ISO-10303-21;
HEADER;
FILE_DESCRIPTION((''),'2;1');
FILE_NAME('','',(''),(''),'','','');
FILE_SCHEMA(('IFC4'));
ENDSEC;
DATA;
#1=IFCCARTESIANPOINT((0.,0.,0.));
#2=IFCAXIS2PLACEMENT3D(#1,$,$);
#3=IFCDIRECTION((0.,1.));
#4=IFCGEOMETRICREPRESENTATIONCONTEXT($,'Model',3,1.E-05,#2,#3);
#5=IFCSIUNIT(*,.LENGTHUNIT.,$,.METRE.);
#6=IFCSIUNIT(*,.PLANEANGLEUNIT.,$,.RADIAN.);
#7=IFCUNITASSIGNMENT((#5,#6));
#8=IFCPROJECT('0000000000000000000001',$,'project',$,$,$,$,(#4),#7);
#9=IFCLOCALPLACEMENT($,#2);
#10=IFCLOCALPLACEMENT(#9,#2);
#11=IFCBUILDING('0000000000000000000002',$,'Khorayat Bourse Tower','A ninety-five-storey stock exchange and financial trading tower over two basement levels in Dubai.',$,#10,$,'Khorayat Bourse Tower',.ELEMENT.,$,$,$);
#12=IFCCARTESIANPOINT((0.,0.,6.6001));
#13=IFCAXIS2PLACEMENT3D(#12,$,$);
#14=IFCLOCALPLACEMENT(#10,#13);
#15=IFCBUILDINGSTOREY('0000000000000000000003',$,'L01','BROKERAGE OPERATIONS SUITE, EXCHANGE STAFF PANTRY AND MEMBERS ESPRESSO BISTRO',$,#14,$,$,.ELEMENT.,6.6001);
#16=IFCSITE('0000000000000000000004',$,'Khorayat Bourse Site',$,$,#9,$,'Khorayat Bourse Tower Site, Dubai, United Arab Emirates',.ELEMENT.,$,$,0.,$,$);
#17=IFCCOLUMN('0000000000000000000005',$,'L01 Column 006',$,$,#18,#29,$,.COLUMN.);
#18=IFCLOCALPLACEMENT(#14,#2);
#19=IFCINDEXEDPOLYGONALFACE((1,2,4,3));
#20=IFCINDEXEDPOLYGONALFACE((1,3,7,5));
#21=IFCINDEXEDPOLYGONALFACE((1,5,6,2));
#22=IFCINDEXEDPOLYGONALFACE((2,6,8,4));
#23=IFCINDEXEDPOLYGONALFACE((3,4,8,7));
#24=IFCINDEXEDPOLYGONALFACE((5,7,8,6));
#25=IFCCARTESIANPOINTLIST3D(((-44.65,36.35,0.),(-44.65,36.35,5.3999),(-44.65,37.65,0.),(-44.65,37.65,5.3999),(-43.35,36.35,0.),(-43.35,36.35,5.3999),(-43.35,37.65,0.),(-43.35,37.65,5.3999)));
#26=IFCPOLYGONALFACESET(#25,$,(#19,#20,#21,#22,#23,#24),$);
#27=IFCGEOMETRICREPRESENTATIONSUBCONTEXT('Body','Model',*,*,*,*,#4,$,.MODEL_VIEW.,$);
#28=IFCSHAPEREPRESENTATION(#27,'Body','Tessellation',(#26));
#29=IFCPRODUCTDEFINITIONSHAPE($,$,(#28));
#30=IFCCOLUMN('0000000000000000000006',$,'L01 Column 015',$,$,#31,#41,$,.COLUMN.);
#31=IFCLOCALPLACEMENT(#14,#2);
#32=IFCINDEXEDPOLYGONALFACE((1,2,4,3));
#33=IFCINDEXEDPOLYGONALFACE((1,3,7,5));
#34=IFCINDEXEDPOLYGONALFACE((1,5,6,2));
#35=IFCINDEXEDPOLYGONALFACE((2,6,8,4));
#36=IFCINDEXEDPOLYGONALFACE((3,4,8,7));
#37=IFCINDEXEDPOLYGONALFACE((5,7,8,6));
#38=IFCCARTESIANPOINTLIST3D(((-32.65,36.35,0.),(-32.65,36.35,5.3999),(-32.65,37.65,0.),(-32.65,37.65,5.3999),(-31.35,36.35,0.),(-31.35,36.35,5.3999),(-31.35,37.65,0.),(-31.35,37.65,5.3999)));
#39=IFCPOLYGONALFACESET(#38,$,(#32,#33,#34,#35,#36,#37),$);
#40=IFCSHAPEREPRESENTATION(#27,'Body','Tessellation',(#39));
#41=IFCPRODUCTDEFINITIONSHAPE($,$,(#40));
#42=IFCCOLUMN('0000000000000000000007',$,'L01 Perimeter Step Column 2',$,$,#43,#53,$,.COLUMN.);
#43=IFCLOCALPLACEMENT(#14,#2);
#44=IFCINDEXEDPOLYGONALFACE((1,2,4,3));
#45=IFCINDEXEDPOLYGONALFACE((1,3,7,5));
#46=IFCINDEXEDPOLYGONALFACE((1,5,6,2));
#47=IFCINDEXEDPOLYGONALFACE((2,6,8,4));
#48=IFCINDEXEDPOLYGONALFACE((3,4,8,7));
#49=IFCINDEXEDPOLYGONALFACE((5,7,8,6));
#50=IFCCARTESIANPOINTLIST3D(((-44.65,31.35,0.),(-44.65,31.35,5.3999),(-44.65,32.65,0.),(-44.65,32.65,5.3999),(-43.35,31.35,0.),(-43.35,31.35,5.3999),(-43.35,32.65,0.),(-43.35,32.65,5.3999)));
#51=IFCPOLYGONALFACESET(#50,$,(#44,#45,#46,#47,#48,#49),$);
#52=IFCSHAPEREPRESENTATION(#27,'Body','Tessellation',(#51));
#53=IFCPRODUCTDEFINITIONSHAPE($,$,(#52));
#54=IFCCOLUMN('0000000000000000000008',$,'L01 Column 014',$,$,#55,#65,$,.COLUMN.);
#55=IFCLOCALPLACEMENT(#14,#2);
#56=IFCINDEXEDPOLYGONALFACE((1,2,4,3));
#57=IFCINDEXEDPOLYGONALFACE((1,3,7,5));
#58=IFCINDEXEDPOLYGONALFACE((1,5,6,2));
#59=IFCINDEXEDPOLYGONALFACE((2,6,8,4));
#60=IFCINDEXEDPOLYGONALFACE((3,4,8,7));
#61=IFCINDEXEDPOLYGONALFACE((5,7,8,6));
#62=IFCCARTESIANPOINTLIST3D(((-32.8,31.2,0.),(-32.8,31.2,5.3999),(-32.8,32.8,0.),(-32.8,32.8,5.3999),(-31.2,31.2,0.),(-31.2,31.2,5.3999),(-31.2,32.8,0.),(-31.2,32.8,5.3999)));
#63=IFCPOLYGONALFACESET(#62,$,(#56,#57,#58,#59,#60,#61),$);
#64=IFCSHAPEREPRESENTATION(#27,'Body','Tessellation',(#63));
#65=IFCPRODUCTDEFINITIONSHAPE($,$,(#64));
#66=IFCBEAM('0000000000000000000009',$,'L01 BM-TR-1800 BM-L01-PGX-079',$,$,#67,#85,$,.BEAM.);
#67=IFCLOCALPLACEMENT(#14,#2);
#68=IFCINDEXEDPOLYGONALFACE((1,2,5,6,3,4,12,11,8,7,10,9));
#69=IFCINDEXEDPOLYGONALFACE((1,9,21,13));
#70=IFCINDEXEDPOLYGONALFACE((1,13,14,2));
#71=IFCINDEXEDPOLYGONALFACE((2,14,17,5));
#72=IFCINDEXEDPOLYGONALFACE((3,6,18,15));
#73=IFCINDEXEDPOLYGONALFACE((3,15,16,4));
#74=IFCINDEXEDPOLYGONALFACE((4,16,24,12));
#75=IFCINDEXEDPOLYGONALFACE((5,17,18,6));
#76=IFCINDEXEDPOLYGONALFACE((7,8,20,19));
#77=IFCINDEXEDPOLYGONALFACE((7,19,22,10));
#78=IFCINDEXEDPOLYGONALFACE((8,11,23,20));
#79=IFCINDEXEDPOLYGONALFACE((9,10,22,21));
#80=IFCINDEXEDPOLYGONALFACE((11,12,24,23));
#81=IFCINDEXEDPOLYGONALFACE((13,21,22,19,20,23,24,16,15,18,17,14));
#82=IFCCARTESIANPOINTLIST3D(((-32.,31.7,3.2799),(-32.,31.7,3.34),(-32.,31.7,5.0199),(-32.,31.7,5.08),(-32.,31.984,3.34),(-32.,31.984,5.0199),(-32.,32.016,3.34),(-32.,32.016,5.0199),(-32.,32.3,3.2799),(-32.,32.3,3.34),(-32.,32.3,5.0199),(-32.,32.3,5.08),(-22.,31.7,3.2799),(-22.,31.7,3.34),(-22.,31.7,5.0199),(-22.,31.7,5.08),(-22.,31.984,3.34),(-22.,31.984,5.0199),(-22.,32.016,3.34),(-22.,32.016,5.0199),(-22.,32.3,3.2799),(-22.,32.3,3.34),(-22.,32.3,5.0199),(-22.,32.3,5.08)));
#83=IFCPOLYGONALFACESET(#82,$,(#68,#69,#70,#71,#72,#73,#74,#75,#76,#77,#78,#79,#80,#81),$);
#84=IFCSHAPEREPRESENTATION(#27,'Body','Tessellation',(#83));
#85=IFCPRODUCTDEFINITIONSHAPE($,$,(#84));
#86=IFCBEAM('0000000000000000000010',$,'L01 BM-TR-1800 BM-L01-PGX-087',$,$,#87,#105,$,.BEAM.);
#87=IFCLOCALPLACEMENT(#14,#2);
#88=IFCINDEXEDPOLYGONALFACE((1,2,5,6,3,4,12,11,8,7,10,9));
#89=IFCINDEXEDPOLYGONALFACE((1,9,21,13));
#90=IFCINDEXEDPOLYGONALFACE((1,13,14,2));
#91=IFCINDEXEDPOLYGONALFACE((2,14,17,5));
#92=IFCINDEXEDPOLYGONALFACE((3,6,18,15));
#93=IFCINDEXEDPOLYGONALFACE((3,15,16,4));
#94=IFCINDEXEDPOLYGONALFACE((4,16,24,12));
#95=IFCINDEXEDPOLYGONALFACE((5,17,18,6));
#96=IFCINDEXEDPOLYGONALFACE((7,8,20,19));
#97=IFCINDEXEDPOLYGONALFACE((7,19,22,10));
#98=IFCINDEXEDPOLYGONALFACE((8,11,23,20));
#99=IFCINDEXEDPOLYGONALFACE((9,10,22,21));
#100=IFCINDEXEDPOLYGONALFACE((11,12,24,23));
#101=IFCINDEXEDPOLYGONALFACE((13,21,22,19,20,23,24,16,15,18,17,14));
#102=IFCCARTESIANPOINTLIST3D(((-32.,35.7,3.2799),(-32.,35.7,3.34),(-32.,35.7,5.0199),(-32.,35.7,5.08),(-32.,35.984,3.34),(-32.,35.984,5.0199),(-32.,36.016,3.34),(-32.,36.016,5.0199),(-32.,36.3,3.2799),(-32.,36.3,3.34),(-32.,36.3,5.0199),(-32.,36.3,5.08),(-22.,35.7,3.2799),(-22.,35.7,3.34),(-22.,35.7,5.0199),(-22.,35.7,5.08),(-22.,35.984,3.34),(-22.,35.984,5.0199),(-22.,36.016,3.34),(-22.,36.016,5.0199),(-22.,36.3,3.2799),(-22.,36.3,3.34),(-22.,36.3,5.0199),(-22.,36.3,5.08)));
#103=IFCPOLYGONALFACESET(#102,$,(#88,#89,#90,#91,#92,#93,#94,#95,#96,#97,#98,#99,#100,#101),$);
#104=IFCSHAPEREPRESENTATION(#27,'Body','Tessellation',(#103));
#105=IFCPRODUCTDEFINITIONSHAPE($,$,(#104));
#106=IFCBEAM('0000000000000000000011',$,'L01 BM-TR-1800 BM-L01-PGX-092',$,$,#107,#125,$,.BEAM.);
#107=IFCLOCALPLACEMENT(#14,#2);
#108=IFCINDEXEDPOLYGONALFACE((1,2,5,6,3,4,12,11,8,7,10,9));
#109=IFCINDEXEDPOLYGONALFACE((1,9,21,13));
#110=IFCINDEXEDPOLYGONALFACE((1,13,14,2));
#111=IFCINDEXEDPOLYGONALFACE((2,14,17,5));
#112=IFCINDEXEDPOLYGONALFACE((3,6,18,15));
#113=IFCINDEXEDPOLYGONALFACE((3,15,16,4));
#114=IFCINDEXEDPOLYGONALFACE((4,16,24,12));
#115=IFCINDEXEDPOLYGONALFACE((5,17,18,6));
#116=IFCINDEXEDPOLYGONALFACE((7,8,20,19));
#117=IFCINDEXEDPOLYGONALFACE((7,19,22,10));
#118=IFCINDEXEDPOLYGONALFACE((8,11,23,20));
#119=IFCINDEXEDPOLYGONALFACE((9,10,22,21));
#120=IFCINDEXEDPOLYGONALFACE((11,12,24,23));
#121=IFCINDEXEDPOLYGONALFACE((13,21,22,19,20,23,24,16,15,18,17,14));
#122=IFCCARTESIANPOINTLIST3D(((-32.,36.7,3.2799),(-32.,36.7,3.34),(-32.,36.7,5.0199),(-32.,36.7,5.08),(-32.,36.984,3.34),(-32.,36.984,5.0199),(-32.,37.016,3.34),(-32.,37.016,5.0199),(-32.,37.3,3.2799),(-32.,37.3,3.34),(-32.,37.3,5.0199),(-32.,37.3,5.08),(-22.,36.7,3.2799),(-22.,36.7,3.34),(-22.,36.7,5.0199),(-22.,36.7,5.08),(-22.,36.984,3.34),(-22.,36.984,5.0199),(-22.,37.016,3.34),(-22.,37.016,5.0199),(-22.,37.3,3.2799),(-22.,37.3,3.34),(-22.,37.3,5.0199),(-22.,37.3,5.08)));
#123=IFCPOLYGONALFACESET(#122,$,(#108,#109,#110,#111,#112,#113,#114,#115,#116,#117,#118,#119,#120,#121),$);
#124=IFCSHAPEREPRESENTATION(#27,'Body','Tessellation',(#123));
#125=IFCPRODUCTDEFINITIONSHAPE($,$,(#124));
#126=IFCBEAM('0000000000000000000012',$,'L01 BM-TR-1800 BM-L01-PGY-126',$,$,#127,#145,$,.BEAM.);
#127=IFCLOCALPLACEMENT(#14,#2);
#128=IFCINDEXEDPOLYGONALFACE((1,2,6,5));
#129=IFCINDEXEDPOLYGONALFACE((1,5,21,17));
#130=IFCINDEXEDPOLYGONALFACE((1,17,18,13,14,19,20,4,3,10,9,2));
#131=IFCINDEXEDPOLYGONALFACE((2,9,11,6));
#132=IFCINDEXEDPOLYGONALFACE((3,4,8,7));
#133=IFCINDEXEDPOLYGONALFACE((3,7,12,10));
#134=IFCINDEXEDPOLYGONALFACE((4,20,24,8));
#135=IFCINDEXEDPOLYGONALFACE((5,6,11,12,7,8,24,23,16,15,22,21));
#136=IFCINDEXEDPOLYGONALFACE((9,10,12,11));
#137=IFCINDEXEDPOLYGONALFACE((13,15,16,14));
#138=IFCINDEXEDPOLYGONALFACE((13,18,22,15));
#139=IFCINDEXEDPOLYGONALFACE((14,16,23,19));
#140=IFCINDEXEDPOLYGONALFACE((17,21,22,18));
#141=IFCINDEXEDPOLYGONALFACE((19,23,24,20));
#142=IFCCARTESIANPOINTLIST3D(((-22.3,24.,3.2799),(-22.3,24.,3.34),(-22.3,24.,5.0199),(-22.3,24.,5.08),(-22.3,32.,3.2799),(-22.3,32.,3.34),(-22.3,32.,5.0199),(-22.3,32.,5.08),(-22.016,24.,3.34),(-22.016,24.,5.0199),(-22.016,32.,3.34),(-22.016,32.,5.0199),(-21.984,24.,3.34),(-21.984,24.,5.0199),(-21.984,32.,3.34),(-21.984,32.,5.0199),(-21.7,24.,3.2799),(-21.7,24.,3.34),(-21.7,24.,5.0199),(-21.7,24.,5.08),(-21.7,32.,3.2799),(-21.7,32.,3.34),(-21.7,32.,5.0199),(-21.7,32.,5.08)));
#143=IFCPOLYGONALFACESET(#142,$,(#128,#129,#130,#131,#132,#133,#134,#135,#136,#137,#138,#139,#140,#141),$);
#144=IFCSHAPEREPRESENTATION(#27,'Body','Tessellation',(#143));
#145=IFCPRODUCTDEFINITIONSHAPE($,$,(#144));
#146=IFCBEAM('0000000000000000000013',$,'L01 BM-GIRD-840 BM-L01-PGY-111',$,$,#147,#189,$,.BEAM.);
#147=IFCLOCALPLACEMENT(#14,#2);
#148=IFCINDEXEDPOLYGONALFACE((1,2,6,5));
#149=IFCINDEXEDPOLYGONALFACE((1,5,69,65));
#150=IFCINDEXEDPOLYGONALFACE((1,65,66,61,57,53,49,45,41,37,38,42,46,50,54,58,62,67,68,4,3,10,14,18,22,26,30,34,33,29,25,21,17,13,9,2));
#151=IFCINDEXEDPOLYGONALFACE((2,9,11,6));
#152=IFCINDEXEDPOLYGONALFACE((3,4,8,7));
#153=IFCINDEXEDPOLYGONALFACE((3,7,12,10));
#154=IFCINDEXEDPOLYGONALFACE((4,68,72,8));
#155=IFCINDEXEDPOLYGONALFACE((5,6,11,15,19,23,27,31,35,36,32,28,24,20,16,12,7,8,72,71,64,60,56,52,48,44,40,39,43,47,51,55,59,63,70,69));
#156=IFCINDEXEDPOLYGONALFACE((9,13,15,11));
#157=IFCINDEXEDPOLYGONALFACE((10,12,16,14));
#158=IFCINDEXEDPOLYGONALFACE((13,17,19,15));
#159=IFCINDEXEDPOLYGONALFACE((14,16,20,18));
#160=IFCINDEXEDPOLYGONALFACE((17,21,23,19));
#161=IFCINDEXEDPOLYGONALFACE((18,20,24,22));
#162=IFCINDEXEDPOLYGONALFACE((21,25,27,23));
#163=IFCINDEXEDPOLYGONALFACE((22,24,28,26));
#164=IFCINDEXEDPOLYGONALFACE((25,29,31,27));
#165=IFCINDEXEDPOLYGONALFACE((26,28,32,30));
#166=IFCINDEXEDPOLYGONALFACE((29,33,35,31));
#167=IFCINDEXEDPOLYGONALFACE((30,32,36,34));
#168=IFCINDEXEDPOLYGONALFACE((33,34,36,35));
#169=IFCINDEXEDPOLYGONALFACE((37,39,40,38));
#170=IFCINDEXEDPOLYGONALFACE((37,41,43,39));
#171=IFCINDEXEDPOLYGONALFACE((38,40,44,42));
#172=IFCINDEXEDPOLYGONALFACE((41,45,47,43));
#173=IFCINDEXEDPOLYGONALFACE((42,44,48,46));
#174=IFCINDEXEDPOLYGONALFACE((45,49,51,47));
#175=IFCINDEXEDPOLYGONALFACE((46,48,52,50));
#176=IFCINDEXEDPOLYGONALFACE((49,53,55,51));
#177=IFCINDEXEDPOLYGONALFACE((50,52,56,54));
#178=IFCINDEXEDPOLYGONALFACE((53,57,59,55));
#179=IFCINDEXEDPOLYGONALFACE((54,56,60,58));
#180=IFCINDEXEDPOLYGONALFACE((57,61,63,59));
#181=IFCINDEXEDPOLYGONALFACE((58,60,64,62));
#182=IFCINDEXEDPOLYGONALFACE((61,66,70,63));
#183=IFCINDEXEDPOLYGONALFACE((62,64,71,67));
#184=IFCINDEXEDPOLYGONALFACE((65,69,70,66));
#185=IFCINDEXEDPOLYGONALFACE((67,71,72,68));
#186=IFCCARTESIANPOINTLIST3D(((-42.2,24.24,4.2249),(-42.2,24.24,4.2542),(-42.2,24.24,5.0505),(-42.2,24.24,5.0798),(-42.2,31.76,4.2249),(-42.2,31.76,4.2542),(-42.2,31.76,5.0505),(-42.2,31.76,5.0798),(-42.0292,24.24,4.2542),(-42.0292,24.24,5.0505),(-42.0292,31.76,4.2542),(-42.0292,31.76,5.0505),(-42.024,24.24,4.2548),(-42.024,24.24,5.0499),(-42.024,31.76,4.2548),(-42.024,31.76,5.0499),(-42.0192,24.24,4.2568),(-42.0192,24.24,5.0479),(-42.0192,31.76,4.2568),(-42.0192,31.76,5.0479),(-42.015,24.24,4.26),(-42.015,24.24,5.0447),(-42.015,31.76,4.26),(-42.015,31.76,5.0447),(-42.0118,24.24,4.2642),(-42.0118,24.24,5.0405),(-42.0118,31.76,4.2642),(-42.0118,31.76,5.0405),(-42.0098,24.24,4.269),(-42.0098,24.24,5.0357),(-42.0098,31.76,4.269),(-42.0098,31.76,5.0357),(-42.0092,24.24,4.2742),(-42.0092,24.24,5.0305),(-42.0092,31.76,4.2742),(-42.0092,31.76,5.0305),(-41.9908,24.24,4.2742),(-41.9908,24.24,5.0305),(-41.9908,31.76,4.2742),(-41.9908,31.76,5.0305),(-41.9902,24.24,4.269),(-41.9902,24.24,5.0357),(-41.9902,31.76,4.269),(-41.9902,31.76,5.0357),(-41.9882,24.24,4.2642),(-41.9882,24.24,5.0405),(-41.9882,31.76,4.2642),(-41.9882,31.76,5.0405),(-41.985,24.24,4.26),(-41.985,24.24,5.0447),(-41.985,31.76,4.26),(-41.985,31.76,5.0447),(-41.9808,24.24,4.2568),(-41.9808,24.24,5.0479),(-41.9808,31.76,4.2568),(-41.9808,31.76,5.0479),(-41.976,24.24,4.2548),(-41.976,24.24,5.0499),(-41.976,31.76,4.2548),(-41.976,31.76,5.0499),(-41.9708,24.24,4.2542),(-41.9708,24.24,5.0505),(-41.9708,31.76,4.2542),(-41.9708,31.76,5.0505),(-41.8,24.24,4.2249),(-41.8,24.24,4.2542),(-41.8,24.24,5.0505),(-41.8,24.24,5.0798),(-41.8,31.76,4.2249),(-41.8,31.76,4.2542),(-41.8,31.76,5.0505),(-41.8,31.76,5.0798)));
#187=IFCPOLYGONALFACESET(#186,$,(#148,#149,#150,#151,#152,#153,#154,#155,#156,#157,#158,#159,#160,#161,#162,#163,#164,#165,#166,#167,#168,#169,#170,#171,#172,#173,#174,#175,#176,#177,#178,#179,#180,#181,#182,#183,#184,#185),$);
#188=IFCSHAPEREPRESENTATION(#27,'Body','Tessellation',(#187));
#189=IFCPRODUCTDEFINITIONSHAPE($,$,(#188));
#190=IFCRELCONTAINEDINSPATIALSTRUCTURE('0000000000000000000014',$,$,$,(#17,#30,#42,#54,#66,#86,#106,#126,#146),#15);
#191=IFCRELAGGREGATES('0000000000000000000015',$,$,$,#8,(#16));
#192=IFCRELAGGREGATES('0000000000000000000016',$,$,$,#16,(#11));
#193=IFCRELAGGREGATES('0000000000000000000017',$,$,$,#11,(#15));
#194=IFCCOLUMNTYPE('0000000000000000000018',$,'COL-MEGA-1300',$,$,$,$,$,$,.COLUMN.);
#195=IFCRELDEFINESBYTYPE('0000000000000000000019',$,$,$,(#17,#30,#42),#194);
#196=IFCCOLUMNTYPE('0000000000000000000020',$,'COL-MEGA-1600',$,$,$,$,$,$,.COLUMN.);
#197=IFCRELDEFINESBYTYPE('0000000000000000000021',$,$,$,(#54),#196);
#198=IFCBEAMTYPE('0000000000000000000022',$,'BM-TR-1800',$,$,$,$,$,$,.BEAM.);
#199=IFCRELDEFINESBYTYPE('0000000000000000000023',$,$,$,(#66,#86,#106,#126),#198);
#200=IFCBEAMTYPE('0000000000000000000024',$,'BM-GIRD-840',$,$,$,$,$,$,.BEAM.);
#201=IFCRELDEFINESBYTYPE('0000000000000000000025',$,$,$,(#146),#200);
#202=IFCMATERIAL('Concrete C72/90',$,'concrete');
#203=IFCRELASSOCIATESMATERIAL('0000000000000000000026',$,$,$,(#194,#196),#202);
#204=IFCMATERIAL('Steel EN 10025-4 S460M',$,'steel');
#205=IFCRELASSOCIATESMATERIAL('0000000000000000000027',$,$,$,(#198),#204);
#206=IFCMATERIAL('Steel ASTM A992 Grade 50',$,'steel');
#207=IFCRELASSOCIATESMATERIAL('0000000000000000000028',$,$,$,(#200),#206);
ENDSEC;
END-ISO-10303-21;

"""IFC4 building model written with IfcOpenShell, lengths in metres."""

from ifc_helpers import new_model, si_unit, direction, frame, origin, origin_2d, place, context, subcontext, project, spatial, rectangle, i_section, extrude, source, transform, mapped, material, material_profile, profile_set, type_object, element, save


model = new_model("IFC4")

# Units and contexts
model_context = context("Model", 3, precision=1e-05, world=origin(), true_north=direction((0.0, 1.0)))
body_context = subcontext(model_context, "Body", "Model", "MODEL_VIEW")
ifc_project = project(units=[si_unit("LENGTHUNIT", "METRE"), si_unit("PLANEANGLEUNIT", "RADIAN")], contexts=[model_context])

# Site, building, storey
site_placement = place(None, origin())
site = spatial("IfcSite", under=ifc_project, at=site_placement, Name="Khorayat Bourse Site", LongName="Khorayat Bourse Tower Site, Dubai, United Arab Emirates", CompositionType="ELEMENT", RefElevation=0.0)
building_placement = place(site_placement, origin())
building = spatial("IfcBuilding", under=site, at=building_placement, Name="Khorayat Bourse Tower", Description="A ninety-five-storey stock exchange and financial trading tower over two basement levels in Dubai.", LongName="Khorayat Bourse Tower", CompositionType="ELEMENT")
storey_placement = place(building_placement, frame((0.0, 0.0, 6.6001)))
storey = spatial("IfcBuildingStorey", under=building, at=storey_placement, Name="L01", Description="BROKERAGE OPERATIONS SUITE, EXCHANGE STAFF PANTRY AND MEMBERS ESPRESSO BISTRO", CompositionType="ELEMENT", Elevation=6.6001)

# Columns
ifc_material_1 = material(Name="Concrete C72/90", Category="concrete")
ifc_material_profile_1 = material_profile(ifc_material_1, rectangle(XDim=1.3, YDim=1.3, at=origin_2d()), Name="RC 1300x1300")
ifc_profile_set_1 = profile_set([ifc_material_profile_1], Name="Concrete C72/90")
column_type_1 = type_object("IfcColumnType", Name="COL-MEGA-1300", PredefinedType="COLUMN", material=ifc_profile_set_1)
shared_shape_1 = source(origin(), body_context, "Body", "SweptSolid", [
    extrude(rectangle(XDim=1.3, YDim=1.3, at=origin_2d()), origin(), (0.0, 0.0, 1.0), 5.3999),
])
for number, where, z_axis, x_axis, name in (
    (1, (-44.0, 37.0, 0.0), (0.0, 0.0, 1.0), (1.0, 0.0, 0.0), "L01 Column 006"),
    (2, (-32.0, 37.0, 0.0), (0.0, 0.0, 1.0), (1.0, 0.0, 0.0), "L01 Column 015"),
    (3, (-44.0, 32.0, 0.0), (0.0, 0.0, 1.0), (1.0, 0.0, 0.0), "L01 Perimeter Step Column 2"),
):
    element("IfcColumn", number, at=place(storey_placement, frame(where, z_axis=z_axis, x_axis=x_axis)), inside=storey, type_object=column_type_1, Name=name, PredefinedType="COLUMN", context=body_context, shape_type="MappedRepresentation", body=[
        mapped(shared_shape_1, transform((0.0, 0.0, 0.0), scale=1.0)),
    ])
ifc_material_profile_2 = material_profile(ifc_material_1, rectangle(XDim=1.6001, YDim=1.6001, at=origin_2d()), Name="RC 1600x1600")
ifc_profile_set_2 = profile_set([ifc_material_profile_2], Name="Concrete C72/90")
column_type_2 = type_object("IfcColumnType", Name="COL-MEGA-1600", PredefinedType="COLUMN", material=ifc_profile_set_2)
shared_shape_2 = source(origin(), body_context, "Body", "SweptSolid", [
    extrude(rectangle(XDim=1.6001, YDim=1.6001, at=origin_2d()), origin(), (0.0, 0.0, 1.0), 5.3999),
])
column_placement = place(storey_placement, frame((-32.0, 32.0, 0.0), z_axis=(0.0, 0.0, 1.0), x_axis=(1.0, 0.0, 0.0)))
element("IfcColumn", 4, at=column_placement, inside=storey, type_object=column_type_2, Name="L01 Column 014", PredefinedType="COLUMN", context=body_context, shape_type="MappedRepresentation", body=[
    mapped(shared_shape_2, transform((0.0, 0.0, 0.0), scale=1.0)),
])

# Beams
ifc_material_2 = material(Name="Steel EN 10025-4 S460M", Category="steel")
ifc_material_profile_3 = material_profile(ifc_material_2, i_section(OverallWidth=0.6001, OverallDepth=1.8, WebThickness=0.032, FlangeThickness=0.0601, at=origin_2d()), Name="PG 1800x600x32x60")
ifc_profile_set_3 = profile_set([ifc_material_profile_3], Name="Steel EN 10025-4 S460M")
beam_type_1 = type_object("IfcBeamType", Name="BM-TR-1800", PredefinedType="BEAM", material=ifc_profile_set_3)
shared_shape_3 = source(origin(), body_context, "Body", "SweptSolid", [
    extrude(i_section(OverallWidth=0.6001, OverallDepth=1.8, WebThickness=0.032, FlangeThickness=0.0601, at=origin_2d()), origin(), (0.0, 0.0, 1.0), 10.0),
])
for number, where, z_axis, x_axis, name in (
    (5, (-32.0, 32.0, 4.1799), (1.0, 0.0, 0.0), (0.0, 1.0, 0.0), "L01 BM-TR-1800 BM-L01-PGX-079"),
    (6, (-32.0, 36.0, 4.1799), (1.0, 0.0, 0.0), (0.0, 1.0, 0.0), "L01 BM-TR-1800 BM-L01-PGX-087"),
    (7, (-32.0, 37.0, 4.1799), (1.0, 0.0, 0.0), (0.0, 1.0, 0.0), "L01 BM-TR-1800 BM-L01-PGX-092"),
):
    element("IfcBeam", number, at=place(storey_placement, frame(where, z_axis=z_axis, x_axis=x_axis)), inside=storey, type_object=beam_type_1, Name=name, PredefinedType="BEAM", context=body_context, shape_type="MappedRepresentation", body=[
        mapped(shared_shape_3, transform((0.0, 0.0, 0.0), scale=1.0)),
    ])
shared_shape_4 = source(origin(), body_context, "Body", "SweptSolid", [
    extrude(i_section(OverallWidth=0.6001, OverallDepth=1.8, WebThickness=0.032, FlangeThickness=0.0601, at=origin_2d()), origin(), (0.0, 0.0, 1.0), 8.0),
])
beam_1_placement = place(storey_placement, frame((-22.0, 24.0, 4.1799), z_axis=(0.0, 1.0, 0.0), x_axis=(-1.0, 0.0, 0.0)))
element("IfcBeam", 8, at=beam_1_placement, inside=storey, type_object=beam_type_1, Name="L01 BM-TR-1800 BM-L01-PGY-126", PredefinedType="BEAM", context=body_context, shape_type="MappedRepresentation", body=[
    mapped(shared_shape_4, transform((0.0, 0.0, 0.0), scale=1.0)),
])
ifc_material_3 = material(Name="Steel ASTM A992 Grade 50", Category="steel")
ifc_material_profile_4 = material_profile(ifc_material_3, i_section(OverallWidth=0.3999, OverallDepth=0.855, WebThickness=0.0183, FlangeThickness=0.0293, FilletRadius=0.02, at=origin_2d()), Name="W840X299")
ifc_profile_set_4 = profile_set([ifc_material_profile_4], Name="Steel ASTM A992 Grade 50")
beam_type_2 = type_object("IfcBeamType", Name="BM-GIRD-840", PredefinedType="BEAM", material=ifc_profile_set_4)
shared_shape_5 = source(origin(), body_context, "Body", "SweptSolid", [
    extrude(i_section(OverallWidth=0.3999, OverallDepth=0.855, WebThickness=0.0183, FlangeThickness=0.0293, FilletRadius=0.02, at=origin_2d()), origin(), (0.0, 0.0, 1.0), 7.52),
])
beam_2_placement = place(storey_placement, frame((-42.0, 24.24, 4.6523), z_axis=(0.0, 1.0, 0.0), x_axis=(-1.0, 0.0, 0.0)))
element("IfcBeam", 9, at=beam_2_placement, inside=storey, type_object=beam_type_2, Name="L01 BM-GIRD-840 BM-L01-PGY-111", PredefinedType="BEAM", context=body_context, shape_type="MappedRepresentation", body=[
    mapped(shared_shape_5, transform((0.0, 0.0, 0.0), scale=1.0)),
])

save(model, "model.ifc")
